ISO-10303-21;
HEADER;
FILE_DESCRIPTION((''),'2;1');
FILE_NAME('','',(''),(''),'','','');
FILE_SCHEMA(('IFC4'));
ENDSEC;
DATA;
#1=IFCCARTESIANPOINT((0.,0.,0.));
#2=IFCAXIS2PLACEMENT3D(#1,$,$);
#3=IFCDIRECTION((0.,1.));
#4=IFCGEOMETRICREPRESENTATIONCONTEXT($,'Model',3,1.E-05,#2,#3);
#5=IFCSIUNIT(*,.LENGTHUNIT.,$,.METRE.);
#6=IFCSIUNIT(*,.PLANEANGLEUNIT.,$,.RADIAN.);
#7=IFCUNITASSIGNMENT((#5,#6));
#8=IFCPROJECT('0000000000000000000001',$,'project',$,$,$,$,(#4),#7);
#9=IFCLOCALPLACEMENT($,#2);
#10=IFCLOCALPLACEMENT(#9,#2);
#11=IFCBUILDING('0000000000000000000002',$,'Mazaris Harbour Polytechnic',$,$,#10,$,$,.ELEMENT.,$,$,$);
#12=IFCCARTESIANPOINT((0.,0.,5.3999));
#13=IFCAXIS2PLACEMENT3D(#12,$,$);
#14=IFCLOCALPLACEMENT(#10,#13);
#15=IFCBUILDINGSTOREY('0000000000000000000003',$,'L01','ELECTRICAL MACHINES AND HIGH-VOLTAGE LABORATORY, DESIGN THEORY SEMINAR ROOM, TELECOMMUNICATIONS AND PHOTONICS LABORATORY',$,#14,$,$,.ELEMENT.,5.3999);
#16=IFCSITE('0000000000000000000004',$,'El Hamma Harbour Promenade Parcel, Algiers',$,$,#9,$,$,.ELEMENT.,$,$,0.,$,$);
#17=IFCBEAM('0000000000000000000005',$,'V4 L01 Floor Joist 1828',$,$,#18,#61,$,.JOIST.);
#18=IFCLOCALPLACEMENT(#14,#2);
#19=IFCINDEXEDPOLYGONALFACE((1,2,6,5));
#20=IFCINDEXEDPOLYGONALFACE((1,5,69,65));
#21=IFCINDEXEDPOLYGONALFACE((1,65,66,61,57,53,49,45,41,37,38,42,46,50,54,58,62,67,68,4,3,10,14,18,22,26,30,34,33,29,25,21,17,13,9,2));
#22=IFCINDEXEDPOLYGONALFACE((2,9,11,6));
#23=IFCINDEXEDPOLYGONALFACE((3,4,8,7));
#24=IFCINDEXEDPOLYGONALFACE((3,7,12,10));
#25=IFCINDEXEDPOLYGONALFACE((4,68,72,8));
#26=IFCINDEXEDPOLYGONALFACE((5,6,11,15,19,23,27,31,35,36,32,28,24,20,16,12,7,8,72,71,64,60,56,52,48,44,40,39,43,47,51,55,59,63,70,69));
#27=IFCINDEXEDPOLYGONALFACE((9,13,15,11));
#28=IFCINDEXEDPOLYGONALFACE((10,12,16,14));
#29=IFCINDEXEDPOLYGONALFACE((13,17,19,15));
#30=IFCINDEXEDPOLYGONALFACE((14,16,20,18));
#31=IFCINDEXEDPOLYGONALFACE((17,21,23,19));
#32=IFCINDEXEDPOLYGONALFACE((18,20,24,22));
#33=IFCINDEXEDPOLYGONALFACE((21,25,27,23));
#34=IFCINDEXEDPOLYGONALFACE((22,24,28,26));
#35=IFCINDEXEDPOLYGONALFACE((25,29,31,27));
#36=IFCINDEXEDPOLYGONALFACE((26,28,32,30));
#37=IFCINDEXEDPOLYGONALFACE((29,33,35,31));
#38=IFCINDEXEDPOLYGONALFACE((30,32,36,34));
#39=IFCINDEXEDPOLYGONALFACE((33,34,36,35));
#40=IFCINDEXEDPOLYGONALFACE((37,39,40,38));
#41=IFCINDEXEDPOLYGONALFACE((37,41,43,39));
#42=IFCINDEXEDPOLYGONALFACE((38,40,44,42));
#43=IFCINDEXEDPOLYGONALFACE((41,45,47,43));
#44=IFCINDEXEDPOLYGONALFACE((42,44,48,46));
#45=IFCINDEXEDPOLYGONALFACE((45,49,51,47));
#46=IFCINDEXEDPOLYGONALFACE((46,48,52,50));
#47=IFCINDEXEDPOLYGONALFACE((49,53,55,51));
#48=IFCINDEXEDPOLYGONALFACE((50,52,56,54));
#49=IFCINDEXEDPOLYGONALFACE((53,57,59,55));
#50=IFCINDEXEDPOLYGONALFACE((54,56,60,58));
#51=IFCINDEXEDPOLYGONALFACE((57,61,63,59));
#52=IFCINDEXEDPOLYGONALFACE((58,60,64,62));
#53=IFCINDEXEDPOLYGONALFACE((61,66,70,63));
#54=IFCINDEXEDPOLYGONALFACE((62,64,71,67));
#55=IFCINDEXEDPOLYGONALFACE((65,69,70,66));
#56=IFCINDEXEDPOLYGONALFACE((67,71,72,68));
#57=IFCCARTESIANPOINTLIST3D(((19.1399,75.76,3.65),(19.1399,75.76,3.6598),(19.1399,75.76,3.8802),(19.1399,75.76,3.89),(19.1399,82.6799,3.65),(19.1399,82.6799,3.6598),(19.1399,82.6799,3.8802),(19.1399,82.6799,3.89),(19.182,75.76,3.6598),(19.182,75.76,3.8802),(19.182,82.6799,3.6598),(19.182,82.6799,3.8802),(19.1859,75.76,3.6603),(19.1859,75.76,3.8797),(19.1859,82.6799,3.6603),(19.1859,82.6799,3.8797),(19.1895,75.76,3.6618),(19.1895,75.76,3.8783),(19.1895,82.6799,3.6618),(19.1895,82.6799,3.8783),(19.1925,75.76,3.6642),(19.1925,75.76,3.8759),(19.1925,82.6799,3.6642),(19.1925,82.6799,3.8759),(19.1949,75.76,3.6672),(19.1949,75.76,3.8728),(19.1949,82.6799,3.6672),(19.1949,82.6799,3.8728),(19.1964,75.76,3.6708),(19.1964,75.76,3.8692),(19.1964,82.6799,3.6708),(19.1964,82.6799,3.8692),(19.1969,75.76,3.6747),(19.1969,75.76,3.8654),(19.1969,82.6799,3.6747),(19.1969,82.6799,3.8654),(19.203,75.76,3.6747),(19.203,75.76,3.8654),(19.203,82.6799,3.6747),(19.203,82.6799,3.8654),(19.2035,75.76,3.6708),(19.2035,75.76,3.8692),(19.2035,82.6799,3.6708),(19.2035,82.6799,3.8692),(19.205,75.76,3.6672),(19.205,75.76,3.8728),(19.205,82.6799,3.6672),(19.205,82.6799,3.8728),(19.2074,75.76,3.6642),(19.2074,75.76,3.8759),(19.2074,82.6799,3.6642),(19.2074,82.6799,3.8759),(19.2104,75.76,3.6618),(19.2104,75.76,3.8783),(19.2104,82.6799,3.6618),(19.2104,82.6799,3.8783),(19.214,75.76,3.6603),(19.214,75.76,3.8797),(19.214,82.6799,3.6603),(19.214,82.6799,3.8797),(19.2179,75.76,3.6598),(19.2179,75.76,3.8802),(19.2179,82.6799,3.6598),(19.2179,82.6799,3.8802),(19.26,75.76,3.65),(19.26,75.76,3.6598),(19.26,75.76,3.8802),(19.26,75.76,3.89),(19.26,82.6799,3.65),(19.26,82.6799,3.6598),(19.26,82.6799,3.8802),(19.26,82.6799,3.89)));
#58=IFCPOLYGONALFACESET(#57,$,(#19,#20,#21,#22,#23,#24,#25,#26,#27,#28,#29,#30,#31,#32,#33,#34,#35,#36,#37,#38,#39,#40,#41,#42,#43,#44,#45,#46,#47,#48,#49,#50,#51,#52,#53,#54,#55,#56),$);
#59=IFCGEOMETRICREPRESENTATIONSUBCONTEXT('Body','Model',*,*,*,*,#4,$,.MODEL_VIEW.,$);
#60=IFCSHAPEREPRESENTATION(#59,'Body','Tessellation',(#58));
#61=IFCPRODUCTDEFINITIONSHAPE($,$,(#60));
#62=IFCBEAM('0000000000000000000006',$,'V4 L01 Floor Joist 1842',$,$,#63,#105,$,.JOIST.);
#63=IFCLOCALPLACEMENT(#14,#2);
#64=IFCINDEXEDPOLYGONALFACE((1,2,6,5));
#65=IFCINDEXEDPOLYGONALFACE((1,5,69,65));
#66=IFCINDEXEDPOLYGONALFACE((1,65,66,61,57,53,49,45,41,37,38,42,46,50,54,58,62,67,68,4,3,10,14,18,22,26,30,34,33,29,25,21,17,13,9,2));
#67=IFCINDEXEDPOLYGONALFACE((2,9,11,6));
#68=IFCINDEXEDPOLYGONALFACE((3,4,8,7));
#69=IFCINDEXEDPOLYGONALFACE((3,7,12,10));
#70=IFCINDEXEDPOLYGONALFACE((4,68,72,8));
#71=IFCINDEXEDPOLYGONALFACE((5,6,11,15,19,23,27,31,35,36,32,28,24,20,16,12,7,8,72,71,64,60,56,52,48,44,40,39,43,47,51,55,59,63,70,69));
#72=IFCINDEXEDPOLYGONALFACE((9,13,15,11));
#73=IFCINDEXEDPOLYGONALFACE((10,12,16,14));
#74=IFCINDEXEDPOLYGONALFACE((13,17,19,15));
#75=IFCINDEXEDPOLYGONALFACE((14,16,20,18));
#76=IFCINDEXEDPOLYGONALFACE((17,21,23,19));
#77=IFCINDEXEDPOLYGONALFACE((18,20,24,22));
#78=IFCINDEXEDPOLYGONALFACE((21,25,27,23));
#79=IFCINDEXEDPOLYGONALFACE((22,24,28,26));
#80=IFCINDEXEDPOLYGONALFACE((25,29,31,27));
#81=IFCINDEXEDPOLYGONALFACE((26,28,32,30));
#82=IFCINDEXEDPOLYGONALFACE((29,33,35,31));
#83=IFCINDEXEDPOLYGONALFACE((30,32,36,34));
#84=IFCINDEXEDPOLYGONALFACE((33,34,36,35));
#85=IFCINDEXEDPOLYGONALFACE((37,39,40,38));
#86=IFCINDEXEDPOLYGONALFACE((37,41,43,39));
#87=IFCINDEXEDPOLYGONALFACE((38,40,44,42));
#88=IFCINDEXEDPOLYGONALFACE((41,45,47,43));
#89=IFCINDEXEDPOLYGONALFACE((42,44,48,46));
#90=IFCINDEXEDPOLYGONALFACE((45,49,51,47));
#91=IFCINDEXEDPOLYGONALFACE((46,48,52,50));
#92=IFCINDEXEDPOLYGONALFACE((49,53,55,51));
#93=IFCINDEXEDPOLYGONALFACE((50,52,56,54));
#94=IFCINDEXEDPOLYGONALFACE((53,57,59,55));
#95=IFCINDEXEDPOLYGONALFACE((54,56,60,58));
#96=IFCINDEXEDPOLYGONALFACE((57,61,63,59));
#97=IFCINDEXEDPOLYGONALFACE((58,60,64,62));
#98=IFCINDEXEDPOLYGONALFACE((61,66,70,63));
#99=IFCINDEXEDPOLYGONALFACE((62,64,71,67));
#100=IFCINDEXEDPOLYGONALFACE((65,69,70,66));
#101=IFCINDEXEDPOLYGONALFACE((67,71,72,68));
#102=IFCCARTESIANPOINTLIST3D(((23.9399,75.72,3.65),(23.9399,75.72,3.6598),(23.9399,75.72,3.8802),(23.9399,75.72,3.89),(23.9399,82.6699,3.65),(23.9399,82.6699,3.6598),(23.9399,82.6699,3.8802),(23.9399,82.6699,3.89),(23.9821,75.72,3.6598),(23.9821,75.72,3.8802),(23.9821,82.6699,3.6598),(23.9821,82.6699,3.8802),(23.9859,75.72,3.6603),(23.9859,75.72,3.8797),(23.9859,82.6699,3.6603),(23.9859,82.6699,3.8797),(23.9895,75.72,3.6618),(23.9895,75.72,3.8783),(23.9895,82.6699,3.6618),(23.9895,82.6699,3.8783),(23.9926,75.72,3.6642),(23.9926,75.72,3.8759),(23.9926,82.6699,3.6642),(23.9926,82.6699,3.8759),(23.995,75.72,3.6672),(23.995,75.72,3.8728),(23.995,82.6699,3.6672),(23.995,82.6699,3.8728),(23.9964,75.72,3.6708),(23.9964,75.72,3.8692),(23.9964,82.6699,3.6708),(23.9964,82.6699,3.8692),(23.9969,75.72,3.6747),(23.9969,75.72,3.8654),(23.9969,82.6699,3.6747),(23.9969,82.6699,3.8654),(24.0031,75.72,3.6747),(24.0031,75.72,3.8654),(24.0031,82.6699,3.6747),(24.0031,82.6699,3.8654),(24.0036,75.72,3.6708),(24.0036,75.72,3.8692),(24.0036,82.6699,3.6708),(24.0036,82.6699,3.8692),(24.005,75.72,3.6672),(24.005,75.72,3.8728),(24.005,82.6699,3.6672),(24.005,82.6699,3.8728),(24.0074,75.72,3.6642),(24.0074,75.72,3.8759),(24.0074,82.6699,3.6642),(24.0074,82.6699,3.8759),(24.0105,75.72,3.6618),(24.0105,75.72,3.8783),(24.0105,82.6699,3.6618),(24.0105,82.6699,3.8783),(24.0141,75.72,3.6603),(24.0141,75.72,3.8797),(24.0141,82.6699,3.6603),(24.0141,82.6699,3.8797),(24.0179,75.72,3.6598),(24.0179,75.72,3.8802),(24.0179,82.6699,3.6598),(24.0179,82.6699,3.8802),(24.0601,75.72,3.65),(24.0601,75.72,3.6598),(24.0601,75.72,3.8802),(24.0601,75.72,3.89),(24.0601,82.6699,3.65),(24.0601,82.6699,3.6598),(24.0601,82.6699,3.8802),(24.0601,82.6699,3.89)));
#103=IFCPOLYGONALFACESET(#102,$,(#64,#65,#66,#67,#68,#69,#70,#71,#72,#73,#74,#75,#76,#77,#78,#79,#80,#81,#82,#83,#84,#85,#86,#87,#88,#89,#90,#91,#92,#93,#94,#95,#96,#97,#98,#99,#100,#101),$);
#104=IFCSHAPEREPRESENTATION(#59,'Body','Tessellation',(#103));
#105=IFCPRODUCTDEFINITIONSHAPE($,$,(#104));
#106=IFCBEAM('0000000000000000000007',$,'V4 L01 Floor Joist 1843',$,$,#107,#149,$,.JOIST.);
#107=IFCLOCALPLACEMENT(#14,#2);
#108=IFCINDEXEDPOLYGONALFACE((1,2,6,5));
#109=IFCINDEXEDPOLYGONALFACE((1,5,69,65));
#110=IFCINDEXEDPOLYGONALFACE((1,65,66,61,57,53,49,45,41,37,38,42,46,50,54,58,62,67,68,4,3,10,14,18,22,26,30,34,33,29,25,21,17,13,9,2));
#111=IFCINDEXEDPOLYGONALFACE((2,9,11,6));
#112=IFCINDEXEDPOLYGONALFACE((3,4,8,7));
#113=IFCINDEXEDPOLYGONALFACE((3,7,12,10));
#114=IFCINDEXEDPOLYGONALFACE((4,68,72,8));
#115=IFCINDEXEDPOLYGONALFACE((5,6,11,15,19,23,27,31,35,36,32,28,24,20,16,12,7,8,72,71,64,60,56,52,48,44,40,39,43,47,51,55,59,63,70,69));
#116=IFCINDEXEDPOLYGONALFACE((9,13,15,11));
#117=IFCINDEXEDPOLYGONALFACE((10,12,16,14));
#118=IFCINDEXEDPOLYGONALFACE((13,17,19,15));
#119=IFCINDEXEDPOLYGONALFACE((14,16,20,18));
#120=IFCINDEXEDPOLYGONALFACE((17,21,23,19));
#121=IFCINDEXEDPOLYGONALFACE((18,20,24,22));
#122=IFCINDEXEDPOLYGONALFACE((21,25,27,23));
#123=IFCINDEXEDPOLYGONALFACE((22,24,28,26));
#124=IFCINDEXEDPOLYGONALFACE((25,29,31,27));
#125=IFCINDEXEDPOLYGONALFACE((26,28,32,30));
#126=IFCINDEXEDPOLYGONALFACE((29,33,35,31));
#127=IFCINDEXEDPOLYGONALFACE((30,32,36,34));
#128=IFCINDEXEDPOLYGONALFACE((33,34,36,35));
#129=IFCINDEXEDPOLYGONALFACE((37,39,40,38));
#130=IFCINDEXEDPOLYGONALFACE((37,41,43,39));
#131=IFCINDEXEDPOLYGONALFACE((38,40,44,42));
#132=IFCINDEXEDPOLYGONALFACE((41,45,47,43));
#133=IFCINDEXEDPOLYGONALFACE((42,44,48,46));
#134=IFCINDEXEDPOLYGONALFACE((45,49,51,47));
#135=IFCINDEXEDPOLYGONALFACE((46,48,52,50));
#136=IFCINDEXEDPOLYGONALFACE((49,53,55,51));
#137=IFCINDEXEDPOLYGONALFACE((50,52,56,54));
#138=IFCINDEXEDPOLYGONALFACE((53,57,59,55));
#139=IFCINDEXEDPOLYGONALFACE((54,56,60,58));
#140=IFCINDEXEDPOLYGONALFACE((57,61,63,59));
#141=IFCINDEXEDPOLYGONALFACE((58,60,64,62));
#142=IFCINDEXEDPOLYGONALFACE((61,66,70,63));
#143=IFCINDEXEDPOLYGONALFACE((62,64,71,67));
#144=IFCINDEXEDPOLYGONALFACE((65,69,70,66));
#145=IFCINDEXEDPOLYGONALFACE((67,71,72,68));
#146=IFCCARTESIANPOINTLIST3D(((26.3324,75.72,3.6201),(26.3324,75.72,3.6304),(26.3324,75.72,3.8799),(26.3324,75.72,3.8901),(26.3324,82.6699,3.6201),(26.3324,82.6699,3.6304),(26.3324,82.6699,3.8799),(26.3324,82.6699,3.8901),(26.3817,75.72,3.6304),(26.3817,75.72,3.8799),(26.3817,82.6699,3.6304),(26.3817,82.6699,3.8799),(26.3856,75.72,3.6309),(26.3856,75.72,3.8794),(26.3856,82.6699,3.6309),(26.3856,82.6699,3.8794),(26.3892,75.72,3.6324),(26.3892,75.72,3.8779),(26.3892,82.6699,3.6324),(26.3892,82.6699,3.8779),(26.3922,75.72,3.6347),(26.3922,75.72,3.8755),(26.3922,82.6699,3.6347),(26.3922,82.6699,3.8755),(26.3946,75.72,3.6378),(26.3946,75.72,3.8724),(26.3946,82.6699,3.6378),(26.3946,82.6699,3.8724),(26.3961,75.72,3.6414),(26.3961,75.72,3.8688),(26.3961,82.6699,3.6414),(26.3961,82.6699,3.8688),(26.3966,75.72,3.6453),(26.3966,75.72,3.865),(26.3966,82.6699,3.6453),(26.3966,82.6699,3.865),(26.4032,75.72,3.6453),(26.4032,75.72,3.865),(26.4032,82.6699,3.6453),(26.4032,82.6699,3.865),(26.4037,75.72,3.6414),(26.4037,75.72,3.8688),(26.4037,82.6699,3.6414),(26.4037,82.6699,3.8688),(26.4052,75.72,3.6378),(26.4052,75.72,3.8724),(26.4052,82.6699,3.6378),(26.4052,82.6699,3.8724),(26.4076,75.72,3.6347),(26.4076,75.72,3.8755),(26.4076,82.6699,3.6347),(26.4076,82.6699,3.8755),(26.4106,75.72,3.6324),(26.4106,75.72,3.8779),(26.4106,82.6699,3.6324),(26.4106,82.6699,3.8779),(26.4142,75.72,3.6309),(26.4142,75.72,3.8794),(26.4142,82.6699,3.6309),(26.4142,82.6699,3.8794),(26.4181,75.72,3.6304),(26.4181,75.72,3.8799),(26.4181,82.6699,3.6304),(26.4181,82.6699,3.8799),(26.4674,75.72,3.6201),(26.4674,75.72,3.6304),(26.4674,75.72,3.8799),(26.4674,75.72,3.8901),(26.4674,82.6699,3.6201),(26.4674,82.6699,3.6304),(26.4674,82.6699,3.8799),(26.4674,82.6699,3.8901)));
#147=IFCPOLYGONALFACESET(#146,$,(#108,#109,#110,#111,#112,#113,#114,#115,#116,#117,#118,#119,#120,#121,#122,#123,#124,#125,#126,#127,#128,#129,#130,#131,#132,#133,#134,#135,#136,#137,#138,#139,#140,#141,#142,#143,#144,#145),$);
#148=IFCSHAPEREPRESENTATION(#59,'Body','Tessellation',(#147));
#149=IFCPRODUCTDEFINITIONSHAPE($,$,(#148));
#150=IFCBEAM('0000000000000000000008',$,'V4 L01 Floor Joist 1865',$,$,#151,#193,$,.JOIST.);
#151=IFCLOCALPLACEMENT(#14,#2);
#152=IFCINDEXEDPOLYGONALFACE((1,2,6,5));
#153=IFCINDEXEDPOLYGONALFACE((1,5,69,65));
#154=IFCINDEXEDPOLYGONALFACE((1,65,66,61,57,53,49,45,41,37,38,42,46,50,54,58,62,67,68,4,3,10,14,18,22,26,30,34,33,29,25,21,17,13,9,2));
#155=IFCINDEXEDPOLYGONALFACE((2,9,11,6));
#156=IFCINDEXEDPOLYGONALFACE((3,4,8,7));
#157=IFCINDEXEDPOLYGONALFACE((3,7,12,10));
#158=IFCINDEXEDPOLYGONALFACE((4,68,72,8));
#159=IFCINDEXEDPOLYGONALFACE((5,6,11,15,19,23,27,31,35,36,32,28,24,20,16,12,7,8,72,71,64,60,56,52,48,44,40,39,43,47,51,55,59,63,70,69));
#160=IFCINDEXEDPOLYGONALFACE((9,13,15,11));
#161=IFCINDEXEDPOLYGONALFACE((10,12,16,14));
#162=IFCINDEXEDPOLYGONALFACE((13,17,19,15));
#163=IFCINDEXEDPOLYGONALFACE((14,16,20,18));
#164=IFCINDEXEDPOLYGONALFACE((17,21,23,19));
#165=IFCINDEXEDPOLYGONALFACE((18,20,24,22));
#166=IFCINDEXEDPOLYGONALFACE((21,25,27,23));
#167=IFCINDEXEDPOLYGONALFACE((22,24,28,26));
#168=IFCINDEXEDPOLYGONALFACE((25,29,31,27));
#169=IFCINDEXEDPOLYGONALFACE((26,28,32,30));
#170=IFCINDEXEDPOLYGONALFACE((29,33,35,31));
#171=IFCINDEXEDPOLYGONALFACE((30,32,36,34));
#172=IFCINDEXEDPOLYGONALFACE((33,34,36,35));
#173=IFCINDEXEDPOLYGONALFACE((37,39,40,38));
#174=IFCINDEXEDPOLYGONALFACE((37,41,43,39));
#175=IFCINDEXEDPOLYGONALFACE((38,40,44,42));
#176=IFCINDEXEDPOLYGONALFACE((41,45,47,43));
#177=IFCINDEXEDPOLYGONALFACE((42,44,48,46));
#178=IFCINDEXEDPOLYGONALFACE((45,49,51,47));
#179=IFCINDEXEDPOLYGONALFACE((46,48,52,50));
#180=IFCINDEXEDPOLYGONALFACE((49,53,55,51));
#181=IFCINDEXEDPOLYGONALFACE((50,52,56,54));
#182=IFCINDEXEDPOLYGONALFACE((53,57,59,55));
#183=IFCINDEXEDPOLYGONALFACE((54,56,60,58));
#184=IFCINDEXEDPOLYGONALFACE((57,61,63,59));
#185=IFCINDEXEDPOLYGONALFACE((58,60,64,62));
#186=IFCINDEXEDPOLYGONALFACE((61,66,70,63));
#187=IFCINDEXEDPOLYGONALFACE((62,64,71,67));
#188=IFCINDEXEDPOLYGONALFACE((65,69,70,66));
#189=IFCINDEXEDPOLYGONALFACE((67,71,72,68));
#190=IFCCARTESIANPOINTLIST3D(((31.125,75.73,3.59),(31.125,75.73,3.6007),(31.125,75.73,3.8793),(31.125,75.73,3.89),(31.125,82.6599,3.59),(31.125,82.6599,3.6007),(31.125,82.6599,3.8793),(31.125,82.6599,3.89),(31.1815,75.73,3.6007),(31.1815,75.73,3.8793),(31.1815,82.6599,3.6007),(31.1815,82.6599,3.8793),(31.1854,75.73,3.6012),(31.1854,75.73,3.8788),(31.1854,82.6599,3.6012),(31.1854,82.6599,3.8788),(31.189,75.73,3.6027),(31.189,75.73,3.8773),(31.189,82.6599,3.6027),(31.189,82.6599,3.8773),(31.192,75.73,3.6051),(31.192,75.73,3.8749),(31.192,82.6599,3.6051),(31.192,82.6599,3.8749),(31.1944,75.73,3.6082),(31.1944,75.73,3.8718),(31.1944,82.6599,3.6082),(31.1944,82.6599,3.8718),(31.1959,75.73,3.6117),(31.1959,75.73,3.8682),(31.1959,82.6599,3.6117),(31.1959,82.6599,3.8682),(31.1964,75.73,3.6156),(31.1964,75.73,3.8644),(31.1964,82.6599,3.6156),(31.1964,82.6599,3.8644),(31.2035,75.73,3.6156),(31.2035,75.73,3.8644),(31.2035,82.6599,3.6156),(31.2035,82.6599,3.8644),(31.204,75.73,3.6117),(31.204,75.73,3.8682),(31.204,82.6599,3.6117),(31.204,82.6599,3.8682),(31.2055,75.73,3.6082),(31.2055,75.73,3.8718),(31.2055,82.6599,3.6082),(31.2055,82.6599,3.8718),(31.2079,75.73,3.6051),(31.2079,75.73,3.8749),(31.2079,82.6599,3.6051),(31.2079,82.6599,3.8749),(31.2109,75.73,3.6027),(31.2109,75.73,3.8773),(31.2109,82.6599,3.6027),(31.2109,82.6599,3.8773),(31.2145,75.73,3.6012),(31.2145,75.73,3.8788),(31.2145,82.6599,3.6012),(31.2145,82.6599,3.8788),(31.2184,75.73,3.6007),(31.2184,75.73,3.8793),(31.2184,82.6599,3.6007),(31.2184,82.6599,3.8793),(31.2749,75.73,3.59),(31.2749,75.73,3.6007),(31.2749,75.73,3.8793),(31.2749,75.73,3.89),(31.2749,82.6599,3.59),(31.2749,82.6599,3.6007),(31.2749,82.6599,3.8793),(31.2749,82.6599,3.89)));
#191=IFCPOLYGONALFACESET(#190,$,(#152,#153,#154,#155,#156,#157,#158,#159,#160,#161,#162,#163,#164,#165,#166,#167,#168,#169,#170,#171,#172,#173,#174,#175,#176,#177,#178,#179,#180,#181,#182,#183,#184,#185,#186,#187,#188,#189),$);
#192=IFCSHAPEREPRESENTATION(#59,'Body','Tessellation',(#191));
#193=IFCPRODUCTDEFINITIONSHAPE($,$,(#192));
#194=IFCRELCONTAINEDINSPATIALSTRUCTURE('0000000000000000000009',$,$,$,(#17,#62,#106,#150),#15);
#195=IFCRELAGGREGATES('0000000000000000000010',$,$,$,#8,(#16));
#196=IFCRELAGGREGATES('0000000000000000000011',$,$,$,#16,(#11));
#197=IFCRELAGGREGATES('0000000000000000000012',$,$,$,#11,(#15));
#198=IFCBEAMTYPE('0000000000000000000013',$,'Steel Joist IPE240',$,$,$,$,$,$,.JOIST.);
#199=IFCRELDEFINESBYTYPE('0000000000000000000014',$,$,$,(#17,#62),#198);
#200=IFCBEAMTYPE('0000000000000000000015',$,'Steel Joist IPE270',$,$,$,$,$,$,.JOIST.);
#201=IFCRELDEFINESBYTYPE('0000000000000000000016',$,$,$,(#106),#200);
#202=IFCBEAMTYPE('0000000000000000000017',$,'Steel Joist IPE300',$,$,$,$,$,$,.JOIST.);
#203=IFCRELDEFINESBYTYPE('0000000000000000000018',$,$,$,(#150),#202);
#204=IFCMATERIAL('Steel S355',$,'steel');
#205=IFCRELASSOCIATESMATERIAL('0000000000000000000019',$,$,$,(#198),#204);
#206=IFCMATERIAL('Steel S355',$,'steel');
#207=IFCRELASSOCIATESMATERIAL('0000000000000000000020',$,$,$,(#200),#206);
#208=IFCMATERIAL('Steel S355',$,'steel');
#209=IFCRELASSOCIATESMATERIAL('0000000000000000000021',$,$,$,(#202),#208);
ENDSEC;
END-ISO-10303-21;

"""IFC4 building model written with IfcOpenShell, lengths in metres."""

from ifc_helpers import new_model, si_unit, direction, frame, origin, origin_2d, place, context, subcontext, project, spatial, i_section, extrude, material, material_profile, profile_set, type_object, element, save


model = new_model("IFC4")

# Units and contexts
model_context = context("Model", 3, precision=1e-05, world=origin(), true_north=direction((0.0, 1.0)))
body_context = subcontext(model_context, "Body", "Model", "MODEL_VIEW")
ifc_project = project(units=[si_unit("LENGTHUNIT", "METRE"), si_unit("PLANEANGLEUNIT", "RADIAN")], contexts=[model_context])

# Site, building, storey
site_placement = place(None, origin())
site = spatial("IfcSite", under=ifc_project, at=site_placement, Name="El Hamma Harbour Promenade Parcel, Algiers", CompositionType="ELEMENT", RefElevation=0.0)
building_placement = place(site_placement, origin())
building = spatial("IfcBuilding", under=site, at=building_placement, Name="Mazaris Harbour Polytechnic", CompositionType="ELEMENT")
storey_placement = place(building_placement, frame((0.0, 0.0, 5.3999)))
storey = spatial("IfcBuildingStorey", under=building, at=storey_placement, Name="L01", Description="ELECTRICAL MACHINES AND HIGH-VOLTAGE LABORATORY, DESIGN THEORY SEMINAR ROOM, TELECOMMUNICATIONS AND PHOTONICS LABORATORY", CompositionType="ELEMENT", Elevation=5.3999)

# Beams
ifc_material_1 = material(Name="Steel S355", Category="steel")
ifc_material_profile_1 = material_profile(ifc_material_1, i_section(OverallWidth=0.1201, OverallDepth=0.24, WebThickness=0.0061, FlangeThickness=0.0098, FilletRadius=0.0149, at=origin_2d()), Name="IPE 240")
ifc_profile_set_1 = profile_set([ifc_material_profile_1], Name="Steel S355")
beam_type_1 = type_object("IfcBeamType", Name="Steel Joist IPE240", PredefinedType="JOIST", material=ifc_profile_set_1)
beam_1_placement = place(storey_placement, frame((19.2, 75.76, 3.77), z_axis=(0.0, 1.0, 0.0), x_axis=(-1.0, 0.0, 0.0)))
element("IfcBeam", 1, at=beam_1_placement, inside=storey, type_object=beam_type_1, Name="V4 L01 Floor Joist 1828", PredefinedType="JOIST", context=body_context, shape_type="SweptSolid", body=[
    extrude(i_section(OverallWidth=0.1201, OverallDepth=0.24, WebThickness=0.0061, FlangeThickness=0.0098, FilletRadius=0.0149, at=origin_2d()), origin(), (0.0, 0.0, 1.0), 6.9199),
])
beam_2_placement = place(storey_placement, frame((24.0, 75.72, 3.77), z_axis=(0.0, 1.0, 0.0), x_axis=(-1.0, 0.0, 0.0)))
element("IfcBeam", 2, at=beam_2_placement, inside=storey, type_object=beam_type_1, Name="V4 L01 Floor Joist 1842", PredefinedType="JOIST", context=body_context, shape_type="SweptSolid", body=[
    extrude(i_section(OverallWidth=0.1201, OverallDepth=0.24, WebThickness=0.0061, FlangeThickness=0.0098, FilletRadius=0.0149, at=origin_2d()), origin(), (0.0, 0.0, 1.0), 6.95),
])
ifc_material_2 = material(Name="Steel S355", Category="steel")
ifc_material_profile_2 = material_profile(ifc_material_2, i_section(OverallWidth=0.135, OverallDepth=0.27, WebThickness=0.0066, FlangeThickness=0.0103, FilletRadius=0.0149, at=origin_2d()), Name="IPE 270")
ifc_profile_set_2 = profile_set([ifc_material_profile_2], Name="Steel S355")
beam_type_2 = type_object("IfcBeamType", Name="Steel Joist IPE270", PredefinedType="JOIST", material=ifc_profile_set_2)
beam_3_placement = place(storey_placement, frame((26.3999, 75.72, 3.7551), z_axis=(0.0, 1.0, 0.0), x_axis=(-1.0, 0.0, 0.0)))
element("IfcBeam", 3, at=beam_3_placement, inside=storey, type_object=beam_type_2, Name="V4 L01 Floor Joist 1843", PredefinedType="JOIST", context=body_context, shape_type="SweptSolid", body=[
    extrude(i_section(OverallWidth=0.135, OverallDepth=0.27, WebThickness=0.0066, FlangeThickness=0.0103, FilletRadius=0.0149, at=origin_2d()), origin(), (0.0, 0.0, 1.0), 6.95),
])
ifc_material_3 = material(Name="Steel S355", Category="steel")
ifc_material_profile_3 = material_profile(ifc_material_3, i_section(OverallWidth=0.1499, OverallDepth=0.3, WebThickness=0.0071, FlangeThickness=0.0107, FilletRadius=0.0149, at=origin_2d()), Name="IPE 300")
ifc_profile_set_3 = profile_set([ifc_material_profile_3], Name="Steel S355")
beam_type_3 = type_object("IfcBeamType", Name="Steel Joist IPE300", PredefinedType="JOIST", material=ifc_profile_set_3)
beam_4_placement = place(storey_placement, frame((31.2, 75.73, 3.74), z_axis=(0.0, 1.0, 0.0), x_axis=(-1.0, 0.0, 0.0)))
element("IfcBeam", 4, at=beam_4_placement, inside=storey, type_object=beam_type_3, Name="V4 L01 Floor Joist 1865", PredefinedType="JOIST", context=body_context, shape_type="SweptSolid", body=[
    extrude(i_section(OverallWidth=0.1499, OverallDepth=0.3, WebThickness=0.0071, FlangeThickness=0.0107, FilletRadius=0.0149, at=origin_2d()), origin(), (0.0, 0.0, 1.0), 6.9299),
])

save(model, "model.ifc")
